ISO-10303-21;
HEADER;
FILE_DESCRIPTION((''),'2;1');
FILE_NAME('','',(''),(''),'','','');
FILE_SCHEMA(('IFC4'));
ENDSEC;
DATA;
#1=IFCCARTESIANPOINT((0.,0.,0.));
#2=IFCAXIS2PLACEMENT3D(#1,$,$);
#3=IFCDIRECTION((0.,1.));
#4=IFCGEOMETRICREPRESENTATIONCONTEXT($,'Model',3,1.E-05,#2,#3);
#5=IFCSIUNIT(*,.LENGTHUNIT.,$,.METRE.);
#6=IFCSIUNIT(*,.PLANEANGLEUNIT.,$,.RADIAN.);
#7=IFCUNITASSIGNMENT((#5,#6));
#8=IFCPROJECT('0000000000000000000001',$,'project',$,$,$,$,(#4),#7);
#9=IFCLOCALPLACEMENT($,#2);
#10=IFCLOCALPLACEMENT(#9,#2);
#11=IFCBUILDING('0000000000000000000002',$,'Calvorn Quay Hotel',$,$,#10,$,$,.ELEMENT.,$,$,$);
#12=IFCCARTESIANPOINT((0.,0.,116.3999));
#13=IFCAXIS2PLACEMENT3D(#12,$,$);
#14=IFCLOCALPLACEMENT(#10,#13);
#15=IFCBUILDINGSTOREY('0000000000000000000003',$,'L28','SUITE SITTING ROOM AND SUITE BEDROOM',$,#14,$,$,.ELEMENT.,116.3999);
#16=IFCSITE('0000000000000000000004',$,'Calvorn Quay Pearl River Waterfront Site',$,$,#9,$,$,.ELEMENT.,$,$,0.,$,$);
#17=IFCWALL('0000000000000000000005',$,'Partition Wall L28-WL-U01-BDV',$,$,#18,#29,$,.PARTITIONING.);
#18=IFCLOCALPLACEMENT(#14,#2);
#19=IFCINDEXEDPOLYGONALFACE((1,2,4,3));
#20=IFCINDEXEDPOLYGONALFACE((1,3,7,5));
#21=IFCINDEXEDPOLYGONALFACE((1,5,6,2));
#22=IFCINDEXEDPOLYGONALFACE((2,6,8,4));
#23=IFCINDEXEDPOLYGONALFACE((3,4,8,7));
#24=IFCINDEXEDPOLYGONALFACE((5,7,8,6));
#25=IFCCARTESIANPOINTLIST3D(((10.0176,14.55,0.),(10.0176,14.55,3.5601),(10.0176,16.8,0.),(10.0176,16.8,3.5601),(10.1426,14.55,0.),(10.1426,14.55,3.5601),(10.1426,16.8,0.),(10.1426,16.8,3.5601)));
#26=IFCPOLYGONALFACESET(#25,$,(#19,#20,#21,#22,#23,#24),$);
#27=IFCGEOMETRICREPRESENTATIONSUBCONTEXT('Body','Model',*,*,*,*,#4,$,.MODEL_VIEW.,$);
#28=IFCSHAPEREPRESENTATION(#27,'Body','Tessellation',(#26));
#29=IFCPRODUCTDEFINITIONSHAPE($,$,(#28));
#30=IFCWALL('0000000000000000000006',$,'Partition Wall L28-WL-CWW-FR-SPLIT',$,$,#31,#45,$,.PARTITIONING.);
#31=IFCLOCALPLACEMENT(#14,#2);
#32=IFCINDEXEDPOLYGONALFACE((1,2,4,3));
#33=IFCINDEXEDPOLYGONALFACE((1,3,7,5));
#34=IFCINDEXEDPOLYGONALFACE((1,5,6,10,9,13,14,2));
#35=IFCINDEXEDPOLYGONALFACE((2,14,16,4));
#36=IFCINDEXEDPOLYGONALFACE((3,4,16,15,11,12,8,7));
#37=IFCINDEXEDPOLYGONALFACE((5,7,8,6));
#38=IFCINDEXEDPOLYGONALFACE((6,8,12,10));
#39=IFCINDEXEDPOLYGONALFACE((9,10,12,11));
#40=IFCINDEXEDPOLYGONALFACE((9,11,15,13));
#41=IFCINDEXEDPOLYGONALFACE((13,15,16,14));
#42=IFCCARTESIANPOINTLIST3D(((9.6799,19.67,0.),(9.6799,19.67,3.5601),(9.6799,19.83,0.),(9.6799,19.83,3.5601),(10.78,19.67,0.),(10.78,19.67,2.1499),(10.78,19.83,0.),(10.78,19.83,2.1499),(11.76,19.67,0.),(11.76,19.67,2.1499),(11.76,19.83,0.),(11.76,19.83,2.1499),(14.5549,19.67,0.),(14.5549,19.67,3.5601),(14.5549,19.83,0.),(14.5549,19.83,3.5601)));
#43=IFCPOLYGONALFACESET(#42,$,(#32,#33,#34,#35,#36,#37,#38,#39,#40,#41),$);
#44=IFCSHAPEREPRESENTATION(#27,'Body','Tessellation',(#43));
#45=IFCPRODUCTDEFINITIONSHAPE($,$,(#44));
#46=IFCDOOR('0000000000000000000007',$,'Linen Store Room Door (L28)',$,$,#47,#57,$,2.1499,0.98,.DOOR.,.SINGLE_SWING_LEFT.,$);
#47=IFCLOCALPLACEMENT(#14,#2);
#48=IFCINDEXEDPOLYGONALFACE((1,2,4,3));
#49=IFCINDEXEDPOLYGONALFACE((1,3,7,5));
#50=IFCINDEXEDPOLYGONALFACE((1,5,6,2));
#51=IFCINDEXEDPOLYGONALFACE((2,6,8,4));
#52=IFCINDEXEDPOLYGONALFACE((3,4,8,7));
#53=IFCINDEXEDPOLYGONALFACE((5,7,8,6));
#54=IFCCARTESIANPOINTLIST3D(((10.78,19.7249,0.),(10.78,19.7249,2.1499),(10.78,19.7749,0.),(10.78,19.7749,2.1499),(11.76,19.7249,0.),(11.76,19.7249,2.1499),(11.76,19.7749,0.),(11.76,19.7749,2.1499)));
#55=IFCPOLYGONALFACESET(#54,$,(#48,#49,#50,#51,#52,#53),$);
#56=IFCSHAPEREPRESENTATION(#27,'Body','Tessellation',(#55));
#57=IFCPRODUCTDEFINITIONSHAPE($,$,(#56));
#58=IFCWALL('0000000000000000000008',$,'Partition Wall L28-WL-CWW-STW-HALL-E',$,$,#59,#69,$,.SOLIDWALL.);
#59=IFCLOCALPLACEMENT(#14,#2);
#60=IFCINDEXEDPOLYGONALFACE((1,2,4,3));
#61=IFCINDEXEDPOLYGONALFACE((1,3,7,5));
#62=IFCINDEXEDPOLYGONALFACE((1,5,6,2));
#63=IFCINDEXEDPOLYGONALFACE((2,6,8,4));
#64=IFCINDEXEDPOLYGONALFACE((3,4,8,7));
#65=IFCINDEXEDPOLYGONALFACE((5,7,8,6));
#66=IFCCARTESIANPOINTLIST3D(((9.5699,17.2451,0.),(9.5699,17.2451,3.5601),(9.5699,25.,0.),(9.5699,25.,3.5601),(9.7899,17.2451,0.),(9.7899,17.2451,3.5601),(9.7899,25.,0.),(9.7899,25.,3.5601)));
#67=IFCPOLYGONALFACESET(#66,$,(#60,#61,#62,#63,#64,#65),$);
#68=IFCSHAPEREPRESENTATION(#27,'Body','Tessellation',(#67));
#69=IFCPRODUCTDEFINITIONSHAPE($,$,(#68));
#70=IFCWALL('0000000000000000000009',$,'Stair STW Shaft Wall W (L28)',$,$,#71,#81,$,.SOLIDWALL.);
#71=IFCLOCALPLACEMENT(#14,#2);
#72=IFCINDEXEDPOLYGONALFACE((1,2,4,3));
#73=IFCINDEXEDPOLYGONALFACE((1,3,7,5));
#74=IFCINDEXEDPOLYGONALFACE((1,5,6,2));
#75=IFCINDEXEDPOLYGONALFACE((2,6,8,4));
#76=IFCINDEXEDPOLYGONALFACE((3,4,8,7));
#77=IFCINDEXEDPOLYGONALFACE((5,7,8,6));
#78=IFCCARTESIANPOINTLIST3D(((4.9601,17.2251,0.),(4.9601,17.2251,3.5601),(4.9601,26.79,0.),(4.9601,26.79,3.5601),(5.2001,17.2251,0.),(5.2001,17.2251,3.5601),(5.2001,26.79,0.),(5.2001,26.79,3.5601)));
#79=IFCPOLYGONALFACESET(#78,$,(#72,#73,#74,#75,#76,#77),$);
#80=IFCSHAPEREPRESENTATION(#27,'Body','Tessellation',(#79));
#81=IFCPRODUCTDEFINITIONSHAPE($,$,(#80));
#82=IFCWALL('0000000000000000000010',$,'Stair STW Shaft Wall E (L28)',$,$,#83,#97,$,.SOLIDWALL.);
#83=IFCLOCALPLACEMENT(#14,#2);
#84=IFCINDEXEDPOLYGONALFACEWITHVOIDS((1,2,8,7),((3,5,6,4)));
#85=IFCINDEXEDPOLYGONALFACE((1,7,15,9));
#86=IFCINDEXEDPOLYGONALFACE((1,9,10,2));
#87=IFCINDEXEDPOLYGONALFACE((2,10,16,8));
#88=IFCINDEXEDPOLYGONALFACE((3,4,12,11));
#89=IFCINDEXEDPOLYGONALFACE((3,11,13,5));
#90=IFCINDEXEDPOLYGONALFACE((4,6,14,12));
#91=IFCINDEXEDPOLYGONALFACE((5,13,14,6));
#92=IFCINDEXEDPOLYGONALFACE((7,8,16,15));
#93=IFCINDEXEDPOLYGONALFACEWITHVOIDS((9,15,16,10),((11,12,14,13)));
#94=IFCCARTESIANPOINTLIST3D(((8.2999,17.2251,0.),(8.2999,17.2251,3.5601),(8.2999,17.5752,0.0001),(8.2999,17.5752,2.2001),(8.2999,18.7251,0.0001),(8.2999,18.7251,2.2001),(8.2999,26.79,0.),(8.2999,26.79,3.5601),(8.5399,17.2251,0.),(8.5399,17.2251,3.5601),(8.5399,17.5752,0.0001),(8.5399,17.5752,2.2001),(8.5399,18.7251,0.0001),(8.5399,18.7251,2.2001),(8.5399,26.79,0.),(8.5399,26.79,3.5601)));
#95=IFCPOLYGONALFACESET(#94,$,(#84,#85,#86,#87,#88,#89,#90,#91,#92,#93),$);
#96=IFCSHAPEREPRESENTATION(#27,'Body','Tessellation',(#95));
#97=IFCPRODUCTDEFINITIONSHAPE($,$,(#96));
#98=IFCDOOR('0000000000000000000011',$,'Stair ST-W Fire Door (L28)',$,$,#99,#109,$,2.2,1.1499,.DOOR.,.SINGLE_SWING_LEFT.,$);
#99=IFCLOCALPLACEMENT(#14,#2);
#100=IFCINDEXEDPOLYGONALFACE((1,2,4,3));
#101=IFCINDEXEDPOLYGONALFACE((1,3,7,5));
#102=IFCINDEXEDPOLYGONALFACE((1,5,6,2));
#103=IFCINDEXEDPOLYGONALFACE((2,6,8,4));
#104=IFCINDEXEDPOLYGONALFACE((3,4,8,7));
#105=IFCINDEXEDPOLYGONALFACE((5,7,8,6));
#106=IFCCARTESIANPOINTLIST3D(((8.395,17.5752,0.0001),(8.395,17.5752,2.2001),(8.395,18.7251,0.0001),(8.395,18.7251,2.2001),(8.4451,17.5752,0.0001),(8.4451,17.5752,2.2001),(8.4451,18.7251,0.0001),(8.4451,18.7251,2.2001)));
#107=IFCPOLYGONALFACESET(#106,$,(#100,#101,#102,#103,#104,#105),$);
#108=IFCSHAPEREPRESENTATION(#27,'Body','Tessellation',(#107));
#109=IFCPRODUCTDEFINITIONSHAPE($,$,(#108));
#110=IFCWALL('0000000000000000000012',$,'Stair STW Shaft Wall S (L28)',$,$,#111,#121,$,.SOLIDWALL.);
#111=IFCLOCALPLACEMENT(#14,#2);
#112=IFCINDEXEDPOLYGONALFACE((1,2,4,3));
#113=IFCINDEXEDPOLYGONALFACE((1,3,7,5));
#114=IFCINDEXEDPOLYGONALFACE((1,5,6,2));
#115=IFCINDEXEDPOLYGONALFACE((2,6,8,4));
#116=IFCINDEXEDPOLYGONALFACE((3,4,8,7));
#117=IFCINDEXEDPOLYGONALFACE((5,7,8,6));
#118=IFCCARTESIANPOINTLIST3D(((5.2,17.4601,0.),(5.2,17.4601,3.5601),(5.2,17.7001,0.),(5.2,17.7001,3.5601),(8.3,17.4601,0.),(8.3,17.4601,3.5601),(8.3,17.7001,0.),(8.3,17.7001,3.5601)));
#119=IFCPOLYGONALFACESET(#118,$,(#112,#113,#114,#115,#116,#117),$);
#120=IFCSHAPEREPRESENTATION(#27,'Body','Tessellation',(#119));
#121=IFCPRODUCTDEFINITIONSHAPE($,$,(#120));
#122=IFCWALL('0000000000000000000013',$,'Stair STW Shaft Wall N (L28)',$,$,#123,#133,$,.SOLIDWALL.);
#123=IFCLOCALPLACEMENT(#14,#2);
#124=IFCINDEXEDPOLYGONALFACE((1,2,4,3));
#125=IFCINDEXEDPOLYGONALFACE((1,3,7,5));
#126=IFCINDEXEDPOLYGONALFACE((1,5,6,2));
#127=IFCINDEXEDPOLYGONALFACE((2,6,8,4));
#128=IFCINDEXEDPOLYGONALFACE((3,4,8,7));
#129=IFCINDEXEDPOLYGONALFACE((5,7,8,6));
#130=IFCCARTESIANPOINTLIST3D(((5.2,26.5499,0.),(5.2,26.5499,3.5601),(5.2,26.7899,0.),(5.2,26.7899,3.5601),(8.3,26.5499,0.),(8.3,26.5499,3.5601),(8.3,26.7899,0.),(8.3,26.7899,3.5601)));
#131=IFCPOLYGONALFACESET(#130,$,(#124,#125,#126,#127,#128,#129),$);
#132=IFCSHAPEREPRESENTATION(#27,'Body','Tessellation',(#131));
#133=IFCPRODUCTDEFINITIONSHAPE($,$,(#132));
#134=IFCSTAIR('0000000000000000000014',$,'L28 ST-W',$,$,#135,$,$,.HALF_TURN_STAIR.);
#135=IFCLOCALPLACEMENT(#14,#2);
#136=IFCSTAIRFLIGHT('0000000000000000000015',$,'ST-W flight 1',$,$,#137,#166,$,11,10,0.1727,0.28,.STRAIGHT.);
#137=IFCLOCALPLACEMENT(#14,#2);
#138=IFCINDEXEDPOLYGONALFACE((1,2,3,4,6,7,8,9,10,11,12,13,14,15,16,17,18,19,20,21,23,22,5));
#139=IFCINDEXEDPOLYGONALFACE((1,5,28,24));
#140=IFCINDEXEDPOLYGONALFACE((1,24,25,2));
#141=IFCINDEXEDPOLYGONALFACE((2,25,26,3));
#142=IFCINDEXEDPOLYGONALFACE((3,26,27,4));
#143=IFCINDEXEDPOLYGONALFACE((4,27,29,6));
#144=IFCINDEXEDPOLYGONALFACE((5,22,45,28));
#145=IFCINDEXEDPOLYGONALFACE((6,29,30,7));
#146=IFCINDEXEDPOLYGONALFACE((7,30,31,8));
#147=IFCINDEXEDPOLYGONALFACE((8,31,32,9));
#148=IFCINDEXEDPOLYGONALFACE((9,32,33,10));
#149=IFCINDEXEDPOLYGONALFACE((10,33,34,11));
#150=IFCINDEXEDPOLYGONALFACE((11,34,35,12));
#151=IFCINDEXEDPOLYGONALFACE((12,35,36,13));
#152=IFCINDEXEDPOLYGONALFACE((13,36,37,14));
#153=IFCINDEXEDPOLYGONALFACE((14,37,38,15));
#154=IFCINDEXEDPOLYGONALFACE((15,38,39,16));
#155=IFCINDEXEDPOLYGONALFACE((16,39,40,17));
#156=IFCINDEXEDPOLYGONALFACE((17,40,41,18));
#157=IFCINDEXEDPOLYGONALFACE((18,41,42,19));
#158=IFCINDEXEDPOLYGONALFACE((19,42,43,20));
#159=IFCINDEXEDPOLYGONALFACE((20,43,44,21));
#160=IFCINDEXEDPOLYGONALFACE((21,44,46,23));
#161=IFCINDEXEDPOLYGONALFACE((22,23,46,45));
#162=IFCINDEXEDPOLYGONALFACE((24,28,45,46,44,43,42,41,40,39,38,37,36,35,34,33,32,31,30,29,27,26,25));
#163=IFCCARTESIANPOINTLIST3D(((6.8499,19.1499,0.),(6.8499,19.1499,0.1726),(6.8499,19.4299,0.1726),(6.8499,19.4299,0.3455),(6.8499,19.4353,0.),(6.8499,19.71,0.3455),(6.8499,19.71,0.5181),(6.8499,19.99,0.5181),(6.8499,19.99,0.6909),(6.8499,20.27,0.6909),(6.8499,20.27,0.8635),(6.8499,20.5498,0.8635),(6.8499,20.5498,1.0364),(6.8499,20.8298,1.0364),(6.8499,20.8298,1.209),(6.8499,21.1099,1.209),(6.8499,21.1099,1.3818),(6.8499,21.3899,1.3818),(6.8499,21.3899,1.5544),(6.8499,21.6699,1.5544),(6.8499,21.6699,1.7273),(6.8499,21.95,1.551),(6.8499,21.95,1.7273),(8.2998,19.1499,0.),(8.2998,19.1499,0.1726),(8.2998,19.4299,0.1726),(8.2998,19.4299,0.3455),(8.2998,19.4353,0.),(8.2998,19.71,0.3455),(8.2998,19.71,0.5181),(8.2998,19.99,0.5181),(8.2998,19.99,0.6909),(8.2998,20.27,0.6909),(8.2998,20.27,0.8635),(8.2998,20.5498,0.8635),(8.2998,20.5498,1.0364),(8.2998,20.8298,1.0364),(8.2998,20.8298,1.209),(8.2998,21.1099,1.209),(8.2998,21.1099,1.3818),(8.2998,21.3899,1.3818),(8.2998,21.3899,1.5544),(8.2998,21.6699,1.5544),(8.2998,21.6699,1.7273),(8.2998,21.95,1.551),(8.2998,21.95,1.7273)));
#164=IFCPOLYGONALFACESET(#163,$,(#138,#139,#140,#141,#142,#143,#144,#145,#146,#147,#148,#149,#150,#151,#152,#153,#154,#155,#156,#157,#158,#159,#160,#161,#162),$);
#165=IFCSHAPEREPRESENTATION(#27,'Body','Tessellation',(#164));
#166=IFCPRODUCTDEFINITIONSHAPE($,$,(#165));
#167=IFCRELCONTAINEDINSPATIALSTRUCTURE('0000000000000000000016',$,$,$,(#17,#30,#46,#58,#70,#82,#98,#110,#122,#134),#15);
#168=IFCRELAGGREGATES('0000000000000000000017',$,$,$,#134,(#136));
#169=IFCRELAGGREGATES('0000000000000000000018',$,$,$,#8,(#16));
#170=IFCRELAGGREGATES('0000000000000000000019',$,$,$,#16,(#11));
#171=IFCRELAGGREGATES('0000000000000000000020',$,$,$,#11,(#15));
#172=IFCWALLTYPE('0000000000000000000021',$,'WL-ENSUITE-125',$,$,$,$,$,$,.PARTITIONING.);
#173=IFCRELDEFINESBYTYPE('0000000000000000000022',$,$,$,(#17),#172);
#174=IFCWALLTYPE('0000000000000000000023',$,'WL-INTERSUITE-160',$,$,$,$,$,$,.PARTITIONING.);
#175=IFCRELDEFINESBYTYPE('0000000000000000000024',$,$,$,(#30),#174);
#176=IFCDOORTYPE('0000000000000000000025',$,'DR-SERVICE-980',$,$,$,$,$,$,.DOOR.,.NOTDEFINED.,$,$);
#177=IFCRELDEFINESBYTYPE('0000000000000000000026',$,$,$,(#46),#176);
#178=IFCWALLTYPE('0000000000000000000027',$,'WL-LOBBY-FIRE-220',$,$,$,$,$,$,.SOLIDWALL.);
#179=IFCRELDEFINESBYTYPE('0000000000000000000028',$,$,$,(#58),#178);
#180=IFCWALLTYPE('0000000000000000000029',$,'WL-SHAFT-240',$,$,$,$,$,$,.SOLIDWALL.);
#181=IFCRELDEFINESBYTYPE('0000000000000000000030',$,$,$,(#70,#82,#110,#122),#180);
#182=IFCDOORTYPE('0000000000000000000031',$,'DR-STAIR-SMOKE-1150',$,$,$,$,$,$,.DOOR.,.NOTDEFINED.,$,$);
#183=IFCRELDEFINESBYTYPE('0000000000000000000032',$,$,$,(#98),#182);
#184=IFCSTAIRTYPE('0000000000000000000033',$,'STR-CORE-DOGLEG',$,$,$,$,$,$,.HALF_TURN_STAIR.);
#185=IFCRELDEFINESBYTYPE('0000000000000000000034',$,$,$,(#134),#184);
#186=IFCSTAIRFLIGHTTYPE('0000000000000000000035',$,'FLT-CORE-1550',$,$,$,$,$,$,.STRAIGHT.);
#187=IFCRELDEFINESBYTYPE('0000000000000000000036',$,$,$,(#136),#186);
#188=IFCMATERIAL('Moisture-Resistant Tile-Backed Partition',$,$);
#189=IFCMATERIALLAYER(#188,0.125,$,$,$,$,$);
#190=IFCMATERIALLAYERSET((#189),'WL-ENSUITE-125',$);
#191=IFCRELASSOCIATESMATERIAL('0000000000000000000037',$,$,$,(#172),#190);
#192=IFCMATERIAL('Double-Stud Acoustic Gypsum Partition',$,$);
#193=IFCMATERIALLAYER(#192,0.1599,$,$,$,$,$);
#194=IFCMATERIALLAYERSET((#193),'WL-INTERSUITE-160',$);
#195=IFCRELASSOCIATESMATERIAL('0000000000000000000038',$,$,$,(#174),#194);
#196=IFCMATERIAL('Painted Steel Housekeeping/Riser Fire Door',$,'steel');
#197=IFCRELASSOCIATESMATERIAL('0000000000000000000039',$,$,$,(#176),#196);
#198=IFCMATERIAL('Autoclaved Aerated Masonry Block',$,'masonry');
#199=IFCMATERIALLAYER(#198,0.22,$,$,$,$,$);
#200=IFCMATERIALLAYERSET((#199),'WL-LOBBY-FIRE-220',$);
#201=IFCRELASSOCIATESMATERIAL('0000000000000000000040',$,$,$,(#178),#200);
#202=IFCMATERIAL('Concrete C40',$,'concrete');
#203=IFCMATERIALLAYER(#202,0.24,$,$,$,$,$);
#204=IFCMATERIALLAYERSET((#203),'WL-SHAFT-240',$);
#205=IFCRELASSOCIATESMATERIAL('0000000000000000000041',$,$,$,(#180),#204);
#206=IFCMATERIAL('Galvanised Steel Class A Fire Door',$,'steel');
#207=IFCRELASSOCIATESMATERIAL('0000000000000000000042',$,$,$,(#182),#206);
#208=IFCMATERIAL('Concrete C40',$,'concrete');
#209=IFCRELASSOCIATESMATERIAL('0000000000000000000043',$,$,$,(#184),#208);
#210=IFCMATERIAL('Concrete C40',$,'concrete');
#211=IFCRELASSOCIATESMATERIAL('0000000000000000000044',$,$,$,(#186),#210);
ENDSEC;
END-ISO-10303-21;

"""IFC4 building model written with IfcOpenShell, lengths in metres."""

from ifc_helpers import new_model, si_unit, direction, frame, frame_2d, origin, place, context, subcontext, project, spatial, polyline, rectangle, outline, extrude, material, layer, layer_set, type_object, element, fill, aggregate, save


model = new_model("IFC4")

# Units and contexts
model_context = context("Model", 3, precision=1e-05, world=origin(), true_north=direction((0.0, 1.0)))
body_context = subcontext(model_context, "Body", "Model", "MODEL_VIEW")
ifc_project = project(units=[si_unit("LENGTHUNIT", "METRE"), si_unit("PLANEANGLEUNIT", "RADIAN")], contexts=[model_context])

# Site, building, storey
site_placement = place(None, origin())
site = spatial("IfcSite", under=ifc_project, at=site_placement, Name="Calvorn Quay Pearl River Waterfront Site", CompositionType="ELEMENT", RefElevation=0.0)
building_placement = place(site_placement, origin())
building = spatial("IfcBuilding", under=site, at=building_placement, Name="Calvorn Quay Hotel", CompositionType="ELEMENT")
storey_placement = place(building_placement, frame((0.0, 0.0, 116.3999)))
storey = spatial("IfcBuildingStorey", under=building, at=storey_placement, Name="L28", Description="SUITE SITTING ROOM AND SUITE BEDROOM", CompositionType="ELEMENT", Elevation=116.3999)

# Wall
ifc_material_1 = material(Name="Moisture-Resistant Tile-Backed Partition")
ifc_layer_1 = layer(ifc_material_1, 0.125)
ifc_layer_set_1 = layer_set([ifc_layer_1], Name="WL-ENSUITE-125")
wall_type_1 = type_object("IfcWallType", Name="WL-ENSUITE-125", PredefinedType="PARTITIONING", material=ifc_layer_set_1)
wall_1_placement = place(storey_placement, frame((10.0801, 14.55, 0.0), z_axis=(0.0, 0.0, 1.0), x_axis=(0.0, 1.0, 0.0)))
element("IfcWall", 1, at=wall_1_placement, inside=storey, type_object=wall_type_1, Name="Partition Wall L28-WL-U01-BDV", PredefinedType="PARTITIONING", context=body_context, shape_type="SweptSolid", body=[
    extrude(rectangle(XDim=2.25, YDim=0.125, at=frame_2d((1.125, 0.0))), origin(), (0.0, 0.0, 1.0), 3.5601),
])

# Wall, opening, door
ifc_material_2 = material(Name="Double-Stud Acoustic Gypsum Partition")
ifc_layer_2 = layer(ifc_material_2, 0.1599)
ifc_layer_set_2 = layer_set([ifc_layer_2], Name="WL-INTERSUITE-160")
wall_type_2 = type_object("IfcWallType", Name="WL-INTERSUITE-160", PredefinedType="PARTITIONING", material=ifc_layer_set_2)
wall_2_placement = place(storey_placement, frame((9.6799, 19.75, 0.0), z_axis=(0.0, 0.0, 1.0), x_axis=(1.0, 0.0, 0.0)))
wall_2 = element("IfcWall", 2, at=wall_2_placement, inside=storey, type_object=wall_type_2, Name="Partition Wall L28-WL-CWW-FR-SPLIT", PredefinedType="PARTITIONING", context=body_context, shape_type="SweptSolid", body=[
    extrude(rectangle(XDim=4.875, YDim=0.1599, at=frame_2d((2.4375, 0.0))), origin(), (0.0, 0.0, 1.0), 3.5601),
])
opening_1_placement = place(wall_2_placement, frame((1.1001, 0.0, 0.0)))
opening_1 = element("IfcOpeningElement", 3, at=opening_1_placement, cuts=wall_2, PredefinedType="OPENING", context=body_context, shape_type="SweptSolid", body=[
    extrude(rectangle(XDim=0.98, YDim=2.1499, at=frame_2d((0.49, 1.075))), frame((0.0, 0.0898, 0.0), z_axis=(0.0, -1.0, 0.0), x_axis=(1.0, 0.0, 0.0)), (0.0, 0.0, 1.0), 0.1799),
])
ifc_material_3 = material(Name="Painted Steel Housekeeping/Riser Fire Door", Category="steel")
door_type_1 = type_object("IfcDoorType", Name="DR-SERVICE-980", OperationType="NOTDEFINED", PredefinedType="DOOR", material=ifc_material_3)
door_1_placement = place(opening_1_placement, origin())
door_1 = element("IfcDoor", 4, at=door_1_placement, inside=storey, type_object=door_type_1, Name="Linen Store Room Door (L28)", OperationType="SINGLE_SWING_LEFT", OverallHeight=2.1499, OverallWidth=0.98, PredefinedType="DOOR", context=body_context, shape_type="SweptSolid", body=[
    extrude(rectangle(XDim=0.98, YDim=2.1499, at=frame_2d((0.49, 1.075))), frame((0.0, 0.0249, 0.0), z_axis=(0.0, -1.0, 0.0), x_axis=(1.0, 0.0, 0.0)), (0.0, 0.0, 1.0), 0.05),
])
fill(opening_1, door_1)

# Wall
ifc_material_4 = material(Name="Autoclaved Aerated Masonry Block", Category="masonry")
ifc_layer_3 = layer(ifc_material_4, 0.22)
ifc_layer_set_3 = layer_set([ifc_layer_3], Name="WL-LOBBY-FIRE-220")
wall_type_3 = type_object("IfcWallType", Name="WL-LOBBY-FIRE-220", PredefinedType="SOLIDWALL", material=ifc_layer_set_3)
wall_3_placement = place(storey_placement, frame((9.6799, 17.2451, 0.0), z_axis=(0.0, 0.0, 1.0), x_axis=(0.0, 1.0, 0.0)))
element("IfcWall", 5, at=wall_3_placement, inside=storey, type_object=wall_type_3, Name="Partition Wall L28-WL-CWW-STW-HALL-E", PredefinedType="SOLIDWALL", context=body_context, shape_type="SweptSolid", body=[
    extrude(rectangle(XDim=7.7549, YDim=0.22, at=frame_2d((3.8774, 0.0))), origin(), (0.0, 0.0, 1.0), 3.5601),
])

# Wall
ifc_material_5 = material(Name="Concrete C40", Category="concrete")
ifc_layer_4 = layer(ifc_material_5, 0.24)
ifc_layer_set_4 = layer_set([ifc_layer_4], Name="WL-SHAFT-240")
wall_type_4 = type_object("IfcWallType", Name="WL-SHAFT-240", PredefinedType="SOLIDWALL", material=ifc_layer_set_4)
wall_4_placement = place(storey_placement, frame((5.0801, 17.2251, 0.0), z_axis=(0.0, 0.0, 1.0), x_axis=(0.0, 1.0, 0.0)))
element("IfcWall", 6, at=wall_4_placement, inside=storey, type_object=wall_type_4, Name="Stair STW Shaft Wall W (L28)", PredefinedType="SOLIDWALL", context=body_context, shape_type="SweptSolid", body=[
    extrude(rectangle(XDim=9.5649, YDim=0.24, at=frame_2d((4.7825, 0.0))), origin(), (0.0, 0.0, 1.0), 3.5601),
])

# Wall, opening, door
wall_5_placement = place(storey_placement, frame((8.4199, 17.2251, 0.0), z_axis=(0.0, 0.0, 1.0), x_axis=(0.0, 1.0, 0.0)))
wall_5 = element("IfcWall", 7, at=wall_5_placement, inside=storey, type_object=wall_type_4, Name="Stair STW Shaft Wall E (L28)", PredefinedType="SOLIDWALL", context=body_context, shape_type="SweptSolid", body=[
    extrude(rectangle(XDim=9.5649, YDim=0.24, at=frame_2d((4.7825, 0.0))), origin(), (0.0, 0.0, 1.0), 3.5601),
])
opening_2_placement = place(wall_5_placement, frame((0.3501, 0.0, 0.0)))
opening_2 = element("IfcOpeningElement", 8, at=opening_2_placement, cuts=wall_5, PredefinedType="OPENING", context=body_context, shape_type="SweptSolid", body=[
    extrude(rectangle(XDim=1.1499, YDim=2.2, at=frame_2d((0.575, 1.1001))), frame((0.0, 0.1299, 0.0), z_axis=(0.0, -1.0, 0.0), x_axis=(1.0, 0.0, 0.0)), (0.0, 0.0, 1.0), 0.26),
])
ifc_material_6 = material(Name="Galvanised Steel Class A Fire Door", Category="steel")
door_type_2 = type_object("IfcDoorType", Name="DR-STAIR-SMOKE-1150", OperationType="NOTDEFINED", PredefinedType="DOOR", material=ifc_material_6)
door_2_placement = place(opening_2_placement, origin())
door_2 = element("IfcDoor", 9, at=door_2_placement, inside=storey, type_object=door_type_2, Name="Stair ST-W Fire Door (L28)", OperationType="SINGLE_SWING_LEFT", OverallHeight=2.2, OverallWidth=1.1499, PredefinedType="DOOR", context=body_context, shape_type="SweptSolid", body=[
    extrude(rectangle(XDim=1.1499, YDim=2.2, at=frame_2d((0.575, 1.1001))), frame((0.0, 0.0249, 0.0), z_axis=(0.0, -1.0, 0.0), x_axis=(1.0, 0.0, 0.0)), (0.0, 0.0, 1.0), 0.05),
])
fill(opening_2, door_2)

# Walls
for number, where, z_axis, x_axis, name in (
    (10, (5.2, 17.5801, 0.0), (0.0, 0.0, 1.0), (1.0, 0.0, 0.0), "Stair STW Shaft Wall S (L28)"),
    (11, (5.2, 26.6699, 0.0), (0.0, 0.0, 1.0), (1.0, 0.0, 0.0), "Stair STW Shaft Wall N (L28)"),
):
    element("IfcWall", number, at=place(storey_placement, frame(where, z_axis=z_axis, x_axis=x_axis)), inside=storey, type_object=wall_type_4, Name=name, PredefinedType="SOLIDWALL", context=body_context, shape_type="SweptSolid", body=[
        extrude(rectangle(XDim=3.1001, YDim=0.24, at=frame_2d((1.55, 0.0))), origin(), (0.0, 0.0, 1.0), 3.5601),
    ])

# Stair, stair flight
ifc_material_7 = material(Name="Concrete C40", Category="concrete")
stair_type = type_object("IfcStairType", Name="STR-CORE-DOGLEG", PredefinedType="HALF_TURN_STAIR", material=ifc_material_7)
stair_placement = place(storey_placement, origin())
stair = element("IfcStair", 12, at=stair_placement, inside=storey, type_object=stair_type, Name="L28 ST-W", PredefinedType="HALF_TURN_STAIR")
ifc_material_8 = material(Name="Concrete C40", Category="concrete")
stair_flight_type = type_object("IfcStairFlightType", Name="FLT-CORE-1550", PredefinedType="STRAIGHT", material=ifc_material_8)
stair_flight_1_placement = place(storey_placement, frame((7.575, 19.1499, 0.0), z_axis=(0.0, 0.0, 1.0), x_axis=(0.0, 1.0, 0.0)))
stair_flight_1 = element("IfcStairFlight", 13, at=stair_flight_1_placement, type_object=stair_flight_type, Name="ST-W flight 1", NumberOfRisers=11, NumberOfTreads=10, PredefinedType="STRAIGHT", RiserHeight=0.1727, TreadLength=0.28, context=body_context, shape_type="SweptSolid", body=[
    extrude(outline(polyline([(0.0, 0.0), (0.0, 0.1726), (0.28, 0.1726), (0.28, 0.3455), (0.5601, 0.3455), (0.5601, 0.5181), (0.8401, 0.5181), (0.8401, 0.6909), (1.1201, 0.6909), (1.1201, 0.8635), (1.3999, 0.8635), (1.3999, 1.0364), (1.6799, 1.0364), (1.6799, 1.209), (1.96, 1.209), (1.96, 1.3818), (2.24, 1.3818), (2.24, 1.5544), (2.52, 1.5544), (2.52, 1.7273), (2.8, 1.7273), (2.8, 1.8999), (2.8, 1.551), (0.2854, 0.0), (0.0, 0.0)])), frame((0.0, 0.7251, 0.0), z_axis=(0.0, -1.0, 0.0), x_axis=(1.0, 0.0, 0.0)), (0.0, 0.0, 1.0), 1.45),
])
aggregate(stair, [stair_flight_1])

save(model, "model.ifc")
